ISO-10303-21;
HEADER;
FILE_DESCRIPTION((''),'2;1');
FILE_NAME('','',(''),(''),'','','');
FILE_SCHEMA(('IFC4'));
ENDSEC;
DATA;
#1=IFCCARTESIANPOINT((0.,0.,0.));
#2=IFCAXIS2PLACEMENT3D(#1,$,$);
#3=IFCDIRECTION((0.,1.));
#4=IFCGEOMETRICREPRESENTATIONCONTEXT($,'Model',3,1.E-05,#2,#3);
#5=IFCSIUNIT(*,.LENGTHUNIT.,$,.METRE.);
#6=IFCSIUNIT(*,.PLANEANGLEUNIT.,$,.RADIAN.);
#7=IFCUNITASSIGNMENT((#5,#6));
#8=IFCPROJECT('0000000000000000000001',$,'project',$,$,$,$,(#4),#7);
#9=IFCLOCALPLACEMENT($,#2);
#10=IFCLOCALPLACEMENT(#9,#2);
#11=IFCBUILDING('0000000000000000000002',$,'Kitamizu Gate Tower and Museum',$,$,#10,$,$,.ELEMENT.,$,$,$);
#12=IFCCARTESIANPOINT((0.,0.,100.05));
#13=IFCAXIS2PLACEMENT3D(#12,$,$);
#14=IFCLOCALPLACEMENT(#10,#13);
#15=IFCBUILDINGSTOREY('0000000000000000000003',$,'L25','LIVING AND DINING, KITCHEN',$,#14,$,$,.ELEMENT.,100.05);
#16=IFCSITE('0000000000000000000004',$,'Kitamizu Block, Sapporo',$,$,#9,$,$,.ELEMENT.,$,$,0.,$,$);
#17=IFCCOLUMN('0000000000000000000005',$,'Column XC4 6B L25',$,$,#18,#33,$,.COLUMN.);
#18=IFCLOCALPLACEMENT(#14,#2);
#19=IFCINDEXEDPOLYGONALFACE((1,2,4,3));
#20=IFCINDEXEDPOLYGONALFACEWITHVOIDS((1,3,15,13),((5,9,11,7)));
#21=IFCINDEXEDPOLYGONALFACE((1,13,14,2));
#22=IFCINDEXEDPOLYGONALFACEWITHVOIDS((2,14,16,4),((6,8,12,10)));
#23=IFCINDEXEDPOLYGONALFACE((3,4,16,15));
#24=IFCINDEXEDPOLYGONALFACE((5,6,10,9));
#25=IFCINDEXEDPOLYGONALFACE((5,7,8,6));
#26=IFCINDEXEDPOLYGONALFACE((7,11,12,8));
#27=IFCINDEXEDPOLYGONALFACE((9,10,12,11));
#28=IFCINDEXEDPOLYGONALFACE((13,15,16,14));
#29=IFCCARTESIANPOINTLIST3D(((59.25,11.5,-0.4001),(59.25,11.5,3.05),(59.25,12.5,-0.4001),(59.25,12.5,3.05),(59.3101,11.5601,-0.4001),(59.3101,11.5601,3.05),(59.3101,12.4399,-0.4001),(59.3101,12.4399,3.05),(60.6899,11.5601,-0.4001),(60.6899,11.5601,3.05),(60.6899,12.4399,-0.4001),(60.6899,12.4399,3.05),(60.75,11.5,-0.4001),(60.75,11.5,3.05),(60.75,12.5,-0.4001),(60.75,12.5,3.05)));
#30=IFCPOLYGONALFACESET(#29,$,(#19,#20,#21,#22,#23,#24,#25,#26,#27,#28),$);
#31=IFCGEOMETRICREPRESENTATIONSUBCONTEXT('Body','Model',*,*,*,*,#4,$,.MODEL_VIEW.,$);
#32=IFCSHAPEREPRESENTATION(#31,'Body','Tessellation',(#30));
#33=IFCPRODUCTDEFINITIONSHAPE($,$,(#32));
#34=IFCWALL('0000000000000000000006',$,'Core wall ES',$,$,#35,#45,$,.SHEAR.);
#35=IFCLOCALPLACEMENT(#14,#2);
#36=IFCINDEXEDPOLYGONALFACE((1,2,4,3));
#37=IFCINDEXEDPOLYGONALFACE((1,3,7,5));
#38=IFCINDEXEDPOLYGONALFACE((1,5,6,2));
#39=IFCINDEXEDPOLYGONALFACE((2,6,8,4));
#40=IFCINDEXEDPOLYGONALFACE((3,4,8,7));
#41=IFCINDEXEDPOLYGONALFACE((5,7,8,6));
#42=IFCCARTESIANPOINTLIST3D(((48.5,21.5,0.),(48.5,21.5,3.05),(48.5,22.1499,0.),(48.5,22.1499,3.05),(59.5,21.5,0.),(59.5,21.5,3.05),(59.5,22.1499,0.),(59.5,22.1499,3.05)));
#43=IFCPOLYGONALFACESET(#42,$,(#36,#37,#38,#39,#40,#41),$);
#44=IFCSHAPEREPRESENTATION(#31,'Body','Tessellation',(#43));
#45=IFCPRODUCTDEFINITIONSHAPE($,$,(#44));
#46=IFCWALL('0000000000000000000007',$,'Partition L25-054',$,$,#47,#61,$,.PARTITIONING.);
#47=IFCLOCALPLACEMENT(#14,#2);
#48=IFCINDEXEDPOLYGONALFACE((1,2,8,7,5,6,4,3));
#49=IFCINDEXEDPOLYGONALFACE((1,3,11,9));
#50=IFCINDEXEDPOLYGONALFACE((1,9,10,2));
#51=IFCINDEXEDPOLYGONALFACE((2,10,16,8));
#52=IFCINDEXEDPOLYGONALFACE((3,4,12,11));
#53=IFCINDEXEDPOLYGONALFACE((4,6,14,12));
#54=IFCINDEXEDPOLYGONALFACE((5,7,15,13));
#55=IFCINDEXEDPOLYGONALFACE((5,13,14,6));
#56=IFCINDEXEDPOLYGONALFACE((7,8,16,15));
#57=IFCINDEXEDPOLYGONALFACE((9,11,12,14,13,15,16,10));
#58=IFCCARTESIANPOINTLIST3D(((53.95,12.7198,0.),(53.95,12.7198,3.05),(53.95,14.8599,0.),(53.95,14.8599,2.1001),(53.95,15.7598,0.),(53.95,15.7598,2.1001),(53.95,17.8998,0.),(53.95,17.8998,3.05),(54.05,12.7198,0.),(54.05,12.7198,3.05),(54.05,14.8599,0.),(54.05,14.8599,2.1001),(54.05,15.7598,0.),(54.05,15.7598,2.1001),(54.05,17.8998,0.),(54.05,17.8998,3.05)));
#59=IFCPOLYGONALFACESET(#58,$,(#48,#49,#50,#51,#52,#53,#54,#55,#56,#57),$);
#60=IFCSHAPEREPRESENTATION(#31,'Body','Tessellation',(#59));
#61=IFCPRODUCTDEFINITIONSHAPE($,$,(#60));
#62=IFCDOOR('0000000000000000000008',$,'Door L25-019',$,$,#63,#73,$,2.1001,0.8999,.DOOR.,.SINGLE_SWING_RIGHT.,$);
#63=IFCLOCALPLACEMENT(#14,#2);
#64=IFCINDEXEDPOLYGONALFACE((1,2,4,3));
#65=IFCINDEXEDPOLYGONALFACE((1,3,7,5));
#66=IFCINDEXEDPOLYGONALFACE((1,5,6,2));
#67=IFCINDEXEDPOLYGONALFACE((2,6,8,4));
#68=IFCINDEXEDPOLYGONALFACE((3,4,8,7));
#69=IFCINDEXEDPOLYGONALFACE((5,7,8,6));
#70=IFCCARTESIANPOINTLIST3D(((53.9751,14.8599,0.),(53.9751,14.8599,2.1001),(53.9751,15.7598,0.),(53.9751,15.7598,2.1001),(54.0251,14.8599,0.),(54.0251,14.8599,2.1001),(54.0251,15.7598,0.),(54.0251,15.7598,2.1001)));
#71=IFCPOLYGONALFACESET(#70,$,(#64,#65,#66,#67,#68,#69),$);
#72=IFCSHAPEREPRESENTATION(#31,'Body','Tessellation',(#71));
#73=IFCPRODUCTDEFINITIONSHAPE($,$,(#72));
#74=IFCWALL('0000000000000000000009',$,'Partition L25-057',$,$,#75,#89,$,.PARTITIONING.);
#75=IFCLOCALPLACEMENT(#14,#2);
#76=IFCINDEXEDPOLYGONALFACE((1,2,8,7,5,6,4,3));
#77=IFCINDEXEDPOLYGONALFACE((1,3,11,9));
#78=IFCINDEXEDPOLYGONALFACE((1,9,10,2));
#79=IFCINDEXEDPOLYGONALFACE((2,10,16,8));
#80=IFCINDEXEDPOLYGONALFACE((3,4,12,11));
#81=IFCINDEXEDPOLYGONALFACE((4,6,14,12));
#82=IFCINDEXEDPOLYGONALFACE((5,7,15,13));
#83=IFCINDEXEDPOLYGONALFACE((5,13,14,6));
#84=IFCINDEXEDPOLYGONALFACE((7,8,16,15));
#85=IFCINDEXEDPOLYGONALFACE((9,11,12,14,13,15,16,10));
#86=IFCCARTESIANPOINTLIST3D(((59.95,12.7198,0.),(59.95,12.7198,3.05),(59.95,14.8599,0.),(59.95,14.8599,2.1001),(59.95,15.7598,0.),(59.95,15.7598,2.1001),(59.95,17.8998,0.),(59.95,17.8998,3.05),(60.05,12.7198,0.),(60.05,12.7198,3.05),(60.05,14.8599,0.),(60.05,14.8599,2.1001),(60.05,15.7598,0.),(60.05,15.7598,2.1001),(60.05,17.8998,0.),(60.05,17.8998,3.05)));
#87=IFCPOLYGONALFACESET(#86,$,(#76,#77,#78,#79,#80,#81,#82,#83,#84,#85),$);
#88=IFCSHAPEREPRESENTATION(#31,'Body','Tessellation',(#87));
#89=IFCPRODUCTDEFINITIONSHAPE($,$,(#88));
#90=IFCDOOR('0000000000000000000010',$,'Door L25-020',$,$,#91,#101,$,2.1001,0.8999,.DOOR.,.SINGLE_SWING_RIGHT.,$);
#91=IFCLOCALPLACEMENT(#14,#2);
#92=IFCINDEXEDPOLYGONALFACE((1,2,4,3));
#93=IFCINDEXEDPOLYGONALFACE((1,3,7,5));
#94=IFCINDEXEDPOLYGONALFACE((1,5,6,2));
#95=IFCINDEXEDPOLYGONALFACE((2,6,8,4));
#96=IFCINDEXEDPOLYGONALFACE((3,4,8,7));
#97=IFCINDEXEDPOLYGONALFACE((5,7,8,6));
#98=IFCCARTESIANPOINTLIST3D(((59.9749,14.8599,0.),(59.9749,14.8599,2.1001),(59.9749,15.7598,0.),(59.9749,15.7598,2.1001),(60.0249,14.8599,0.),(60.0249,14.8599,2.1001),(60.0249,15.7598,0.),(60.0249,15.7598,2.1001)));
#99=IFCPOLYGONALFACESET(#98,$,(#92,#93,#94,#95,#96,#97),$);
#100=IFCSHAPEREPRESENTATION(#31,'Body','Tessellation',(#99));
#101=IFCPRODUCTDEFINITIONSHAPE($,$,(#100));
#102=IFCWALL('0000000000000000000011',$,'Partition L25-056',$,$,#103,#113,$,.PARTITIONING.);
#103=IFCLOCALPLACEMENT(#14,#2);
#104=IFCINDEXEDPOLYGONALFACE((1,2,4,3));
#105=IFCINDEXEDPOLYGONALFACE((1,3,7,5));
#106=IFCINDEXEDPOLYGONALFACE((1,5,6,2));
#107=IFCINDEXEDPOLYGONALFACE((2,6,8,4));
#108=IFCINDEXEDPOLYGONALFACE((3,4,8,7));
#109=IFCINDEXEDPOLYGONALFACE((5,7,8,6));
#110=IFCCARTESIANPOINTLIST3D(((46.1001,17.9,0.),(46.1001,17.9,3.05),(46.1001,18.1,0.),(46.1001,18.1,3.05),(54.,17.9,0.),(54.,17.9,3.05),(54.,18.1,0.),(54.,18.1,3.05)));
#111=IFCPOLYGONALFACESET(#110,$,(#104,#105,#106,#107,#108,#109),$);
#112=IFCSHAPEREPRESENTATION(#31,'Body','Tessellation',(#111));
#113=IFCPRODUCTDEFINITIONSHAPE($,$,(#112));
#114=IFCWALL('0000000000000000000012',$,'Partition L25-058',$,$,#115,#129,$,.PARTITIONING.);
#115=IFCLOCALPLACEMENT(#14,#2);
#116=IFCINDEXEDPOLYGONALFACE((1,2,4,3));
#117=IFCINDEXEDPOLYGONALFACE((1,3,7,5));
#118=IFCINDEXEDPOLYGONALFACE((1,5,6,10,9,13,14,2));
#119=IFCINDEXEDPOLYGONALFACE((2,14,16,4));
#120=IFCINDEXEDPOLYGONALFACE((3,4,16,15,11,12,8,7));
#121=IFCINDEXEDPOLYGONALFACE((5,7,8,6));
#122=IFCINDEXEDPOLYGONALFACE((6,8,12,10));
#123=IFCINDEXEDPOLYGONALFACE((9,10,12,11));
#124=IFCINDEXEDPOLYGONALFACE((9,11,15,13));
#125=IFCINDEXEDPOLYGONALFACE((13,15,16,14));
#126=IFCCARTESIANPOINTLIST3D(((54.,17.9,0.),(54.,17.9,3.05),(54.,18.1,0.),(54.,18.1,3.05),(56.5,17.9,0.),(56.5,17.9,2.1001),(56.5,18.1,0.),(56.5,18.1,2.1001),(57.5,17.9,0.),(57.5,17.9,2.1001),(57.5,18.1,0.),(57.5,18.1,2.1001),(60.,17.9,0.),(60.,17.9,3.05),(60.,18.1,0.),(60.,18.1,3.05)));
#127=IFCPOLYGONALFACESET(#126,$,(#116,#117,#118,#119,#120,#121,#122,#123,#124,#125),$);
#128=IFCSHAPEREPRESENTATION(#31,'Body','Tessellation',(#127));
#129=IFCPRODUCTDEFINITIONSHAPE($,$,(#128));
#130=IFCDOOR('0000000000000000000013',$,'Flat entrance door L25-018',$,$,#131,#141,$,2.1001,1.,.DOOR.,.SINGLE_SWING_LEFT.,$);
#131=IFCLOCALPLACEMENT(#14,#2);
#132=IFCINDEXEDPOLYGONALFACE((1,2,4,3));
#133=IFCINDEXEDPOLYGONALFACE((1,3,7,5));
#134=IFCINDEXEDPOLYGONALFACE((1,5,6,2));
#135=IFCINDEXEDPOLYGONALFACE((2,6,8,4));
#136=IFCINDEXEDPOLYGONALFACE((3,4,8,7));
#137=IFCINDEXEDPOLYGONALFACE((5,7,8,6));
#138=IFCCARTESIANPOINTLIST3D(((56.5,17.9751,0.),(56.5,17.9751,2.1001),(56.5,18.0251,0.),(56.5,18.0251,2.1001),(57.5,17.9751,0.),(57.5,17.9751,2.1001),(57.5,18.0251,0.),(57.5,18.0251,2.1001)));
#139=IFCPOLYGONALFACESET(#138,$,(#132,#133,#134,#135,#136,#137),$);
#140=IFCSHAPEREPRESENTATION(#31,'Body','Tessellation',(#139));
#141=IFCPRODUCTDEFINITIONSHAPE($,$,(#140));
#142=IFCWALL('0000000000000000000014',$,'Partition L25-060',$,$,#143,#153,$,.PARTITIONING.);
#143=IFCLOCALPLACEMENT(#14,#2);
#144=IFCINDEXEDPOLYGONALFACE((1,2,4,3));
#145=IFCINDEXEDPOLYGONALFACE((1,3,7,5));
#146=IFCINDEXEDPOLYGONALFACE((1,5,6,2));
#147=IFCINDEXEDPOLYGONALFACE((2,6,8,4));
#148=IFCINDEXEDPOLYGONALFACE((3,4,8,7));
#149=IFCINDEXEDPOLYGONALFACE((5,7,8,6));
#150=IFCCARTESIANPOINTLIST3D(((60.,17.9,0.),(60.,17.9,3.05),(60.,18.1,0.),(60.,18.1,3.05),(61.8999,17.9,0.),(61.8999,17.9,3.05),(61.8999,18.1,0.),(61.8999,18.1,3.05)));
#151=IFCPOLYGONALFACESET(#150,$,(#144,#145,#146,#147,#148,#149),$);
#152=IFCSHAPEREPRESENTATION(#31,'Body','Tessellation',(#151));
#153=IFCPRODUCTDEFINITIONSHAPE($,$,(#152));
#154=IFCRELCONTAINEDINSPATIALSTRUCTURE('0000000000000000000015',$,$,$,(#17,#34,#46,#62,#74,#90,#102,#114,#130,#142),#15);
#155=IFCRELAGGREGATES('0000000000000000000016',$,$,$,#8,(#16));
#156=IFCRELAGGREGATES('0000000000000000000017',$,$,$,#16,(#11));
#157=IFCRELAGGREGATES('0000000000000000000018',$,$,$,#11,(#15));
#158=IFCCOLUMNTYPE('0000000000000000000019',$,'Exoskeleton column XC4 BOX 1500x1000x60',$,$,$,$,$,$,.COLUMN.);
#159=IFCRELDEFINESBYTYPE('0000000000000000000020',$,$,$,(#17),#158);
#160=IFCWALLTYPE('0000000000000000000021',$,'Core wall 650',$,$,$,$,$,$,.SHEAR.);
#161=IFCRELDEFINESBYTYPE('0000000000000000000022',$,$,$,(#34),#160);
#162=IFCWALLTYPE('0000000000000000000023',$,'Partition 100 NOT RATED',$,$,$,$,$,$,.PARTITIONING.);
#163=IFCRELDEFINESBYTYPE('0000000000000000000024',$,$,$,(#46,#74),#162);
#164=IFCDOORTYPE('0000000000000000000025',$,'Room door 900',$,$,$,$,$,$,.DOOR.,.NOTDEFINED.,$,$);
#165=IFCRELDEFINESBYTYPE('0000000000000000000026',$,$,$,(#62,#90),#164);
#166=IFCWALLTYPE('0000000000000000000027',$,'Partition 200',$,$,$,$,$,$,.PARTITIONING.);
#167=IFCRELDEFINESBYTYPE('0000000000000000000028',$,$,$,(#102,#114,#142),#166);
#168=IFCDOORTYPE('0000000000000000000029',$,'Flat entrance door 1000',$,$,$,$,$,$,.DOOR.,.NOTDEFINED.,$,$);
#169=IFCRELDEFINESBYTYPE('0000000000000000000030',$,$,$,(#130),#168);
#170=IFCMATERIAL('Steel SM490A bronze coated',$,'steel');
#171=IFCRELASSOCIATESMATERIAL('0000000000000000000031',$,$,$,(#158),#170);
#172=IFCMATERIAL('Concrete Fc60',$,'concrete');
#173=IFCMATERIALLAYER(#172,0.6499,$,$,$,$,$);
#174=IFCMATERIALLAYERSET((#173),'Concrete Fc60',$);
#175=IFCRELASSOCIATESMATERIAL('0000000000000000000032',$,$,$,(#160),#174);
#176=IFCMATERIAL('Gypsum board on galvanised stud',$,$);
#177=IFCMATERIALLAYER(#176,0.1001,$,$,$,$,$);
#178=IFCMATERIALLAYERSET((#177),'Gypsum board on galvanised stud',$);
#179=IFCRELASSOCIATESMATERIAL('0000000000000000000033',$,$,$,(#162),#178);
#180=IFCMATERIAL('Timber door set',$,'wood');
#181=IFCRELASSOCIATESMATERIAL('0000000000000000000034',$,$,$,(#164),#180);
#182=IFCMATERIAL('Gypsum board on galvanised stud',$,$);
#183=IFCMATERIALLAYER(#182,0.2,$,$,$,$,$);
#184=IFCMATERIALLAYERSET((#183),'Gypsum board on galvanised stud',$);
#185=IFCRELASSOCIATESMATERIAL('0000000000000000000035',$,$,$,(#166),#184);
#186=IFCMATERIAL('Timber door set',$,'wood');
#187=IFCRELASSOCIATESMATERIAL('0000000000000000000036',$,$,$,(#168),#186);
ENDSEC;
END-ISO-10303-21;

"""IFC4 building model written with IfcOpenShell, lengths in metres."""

from ifc_helpers import new_model, si_unit, direction, frame, frame_2d, origin, origin_2d, place, context, subcontext, project, spatial, rectangle, hollow_rectangle, extrude, material, layer, layer_set, material_profile, profile_set, type_object, element, fill, save


model = new_model("IFC4")

# Units and contexts
model_context = context("Model", 3, precision=1e-05, world=origin(), true_north=direction((0.0, 1.0)))
body_context = subcontext(model_context, "Body", "Model", "MODEL_VIEW")
ifc_project = project(units=[si_unit("LENGTHUNIT", "METRE"), si_unit("PLANEANGLEUNIT", "RADIAN")], contexts=[model_context])

# Site, building, storey
site_placement = place(None, origin())
site = spatial("IfcSite", under=ifc_project, at=site_placement, Name="Kitamizu Block, Sapporo", CompositionType="ELEMENT", RefElevation=0.0)
building_placement = place(site_placement, origin())
building = spatial("IfcBuilding", under=site, at=building_placement, Name="Kitamizu Gate Tower and Museum", CompositionType="ELEMENT")
storey_placement = place(building_placement, frame((0.0, 0.0, 100.05)))
storey = spatial("IfcBuildingStorey", under=building, at=storey_placement, Name="L25", Description="LIVING AND DINING, KITCHEN", CompositionType="ELEMENT", Elevation=100.05)

# Column
ifc_material_1 = material(Name="Steel SM490A bronze coated", Category="steel")
ifc_material_profile = material_profile(ifc_material_1, hollow_rectangle(XDim=1.5, YDim=1.0, WallThickness=0.0601, at=origin_2d()), Name="BOX 1500x1000x60")
ifc_profile_set = profile_set([ifc_material_profile], Name="Steel SM490A bronze coated")
column_type = type_object("IfcColumnType", Name="Exoskeleton column XC4 BOX 1500x1000x60", PredefinedType="COLUMN", material=ifc_profile_set)
column_placement = place(storey_placement, frame((60.0, 12.0, -0.4001), z_axis=(0.0, 0.0, 1.0), x_axis=(1.0, 0.0, 0.0)))
element("IfcColumn", 1, at=column_placement, inside=storey, type_object=column_type, Name="Column XC4 6B L25", PredefinedType="COLUMN", context=body_context, shape_type="SweptSolid", body=[
    extrude(hollow_rectangle(XDim=1.5, YDim=1.0, WallThickness=0.0601, at=origin_2d()), origin(), (0.0, 0.0, 1.0), 3.4502),
])

# Wall
ifc_material_2 = material(Name="Concrete Fc60", Category="concrete")
ifc_layer_1 = layer(ifc_material_2, 0.6499)
ifc_layer_set_1 = layer_set([ifc_layer_1], Name="Concrete Fc60")
wall_type_1 = type_object("IfcWallType", Name="Core wall 650", PredefinedType="SHEAR", material=ifc_layer_set_1)
wall_1_placement = place(storey_placement, frame((59.5, 21.825, 0.0), z_axis=(0.0, 0.0, 1.0), x_axis=(-1.0, 0.0, 0.0)))
element("IfcWall", 2, at=wall_1_placement, inside=storey, type_object=wall_type_1, Name="Core wall ES", PredefinedType="SHEAR", context=body_context, shape_type="SweptSolid", body=[
    extrude(rectangle(XDim=11.0, YDim=0.6499, at=frame_2d((5.5, 0.0))), origin(), (0.0, 0.0, 1.0), 3.05),
])

# Walls, openings, doors
ifc_material_3 = material(Name="Gypsum board on galvanised stud")
ifc_layer_2 = layer(ifc_material_3, 0.1001)
ifc_layer_set_2 = layer_set([ifc_layer_2], Name="Gypsum board on galvanised stud")
wall_type_2 = type_object("IfcWallType", Name="Partition 100 NOT RATED", PredefinedType="PARTITIONING", material=ifc_layer_set_2)
wall_2_placement = place(storey_placement, frame((54.0, 12.72, 0.0), z_axis=(0.0, 0.0, 1.0), x_axis=(0.0, 1.0, 0.0)))
wall_2 = element("IfcWall", 3, at=wall_2_placement, inside=storey, type_object=wall_type_2, Name="Partition L25-054", PredefinedType="PARTITIONING", context=body_context, shape_type="SweptSolid", body=[
    extrude(rectangle(XDim=5.1799, YDim=0.1001, at=frame_2d((2.5898, 0.0))), origin(), (0.0, 0.0, 1.0), 3.05),
])
opening_1_placement = place(wall_2_placement, frame((2.1399, 0.0, 0.0)))
opening_1 = element("IfcOpeningElement", 4, at=opening_1_placement, cuts=wall_2, PredefinedType="OPENING", context=body_context, shape_type="SweptSolid", body=[
    extrude(rectangle(XDim=0.8999, YDim=2.1001, at=frame_2d((0.45, 1.05))), frame((0.0, 0.0601, 0.0), z_axis=(0.0, -1.0, 0.0), x_axis=(1.0, 0.0, 0.0)), (0.0, 0.0, 1.0), 0.1201),
])
ifc_material_4 = material(Name="Timber door set", Category="wood")
door_type_1 = type_object("IfcDoorType", Name="Room door 900", OperationType="NOTDEFINED", PredefinedType="DOOR", material=ifc_material_4)
door_1_placement = place(opening_1_placement, origin())
door_1 = element("IfcDoor", 5, at=door_1_placement, inside=storey, type_object=door_type_1, Name="Door L25-019", OperationType="SINGLE_SWING_RIGHT", OverallHeight=2.1001, OverallWidth=0.8999, PredefinedType="DOOR", context=body_context, shape_type="SweptSolid", body=[
    extrude(rectangle(XDim=0.8999, YDim=2.1001, at=frame_2d((0.45, 1.05))), frame((0.0, 0.0249, 0.0), z_axis=(0.0, -1.0, 0.0), x_axis=(1.0, 0.0, 0.0)), (0.0, 0.0, 1.0), 0.05),
])
fill(opening_1, door_1)
wall_3_placement = place(storey_placement, frame((60.0, 12.72, 0.0), z_axis=(0.0, 0.0, 1.0), x_axis=(0.0, 1.0, 0.0)))
wall_3 = element("IfcWall", 6, at=wall_3_placement, inside=storey, type_object=wall_type_2, Name="Partition L25-057", PredefinedType="PARTITIONING", context=body_context, shape_type="SweptSolid", body=[
    extrude(rectangle(XDim=5.1799, YDim=0.1001, at=frame_2d((2.5898, 0.0))), origin(), (0.0, 0.0, 1.0), 3.05),
])
opening_2_placement = place(wall_3_placement, frame((2.1399, 0.0, 0.0)))
opening_2 = element("IfcOpeningElement", 7, at=opening_2_placement, cuts=wall_3, PredefinedType="OPENING", context=body_context, shape_type="SweptSolid", body=[
    extrude(rectangle(XDim=0.8999, YDim=2.1001, at=frame_2d((0.45, 1.05))), frame((0.0, 0.0601, 0.0), z_axis=(0.0, -1.0, 0.0), x_axis=(1.0, 0.0, 0.0)), (0.0, 0.0, 1.0), 0.1201),
])
door_2_placement = place(opening_2_placement, frame((0.8999, 0.0, 0.0), x_axis=(-1.0, 0.0, 0.0)))
door_2 = element("IfcDoor", 8, at=door_2_placement, inside=storey, type_object=door_type_1, Name="Door L25-020", OperationType="SINGLE_SWING_RIGHT", OverallHeight=2.1001, OverallWidth=0.8999, PredefinedType="DOOR", context=body_context, shape_type="SweptSolid", body=[
    extrude(rectangle(XDim=0.8999, YDim=2.1001, at=frame_2d((0.45, 1.05))), frame((0.0, 0.0249, 0.0), z_axis=(0.0, -1.0, 0.0), x_axis=(1.0, 0.0, 0.0)), (0.0, 0.0, 1.0), 0.05),
])
fill(opening_2, door_2)

# Wall
ifc_material_5 = material(Name="Gypsum board on galvanised stud")
ifc_layer_3 = layer(ifc_material_5, 0.2)
ifc_layer_set_3 = layer_set([ifc_layer_3], Name="Gypsum board on galvanised stud")
wall_type_3 = type_object("IfcWallType", Name="Partition 200", PredefinedType="PARTITIONING", material=ifc_layer_set_3)
wall_4_placement = place(storey_placement, frame((54.0, 18.0, 0.0), z_axis=(0.0, 0.0, 1.0), x_axis=(-1.0, 0.0, 0.0)))
element("IfcWall", 9, at=wall_4_placement, inside=storey, type_object=wall_type_3, Name="Partition L25-056", PredefinedType="PARTITIONING", context=body_context, shape_type="SweptSolid", body=[
    extrude(rectangle(XDim=7.8999, YDim=0.2, at=frame_2d((3.95, 0.0))), origin(), (0.0, 0.0, 1.0), 3.05),
])

# Wall, opening, door
wall_5_placement = place(storey_placement, frame((60.0, 18.0, 0.0), z_axis=(0.0, 0.0, 1.0), x_axis=(-1.0, 0.0, 0.0)))
wall_5 = element("IfcWall", 10, at=wall_5_placement, inside=storey, type_object=wall_type_3, Name="Partition L25-058", PredefinedType="PARTITIONING", context=body_context, shape_type="SweptSolid", body=[
    extrude(rectangle(XDim=6.0, YDim=0.2, at=frame_2d((3.0, 0.0))), origin(), (0.0, 0.0, 1.0), 3.05),
])
opening_3_placement = place(wall_5_placement, frame((2.5, 0.0, 0.0)))
opening_3 = element("IfcOpeningElement", 11, at=opening_3_placement, cuts=wall_5, PredefinedType="OPENING", context=body_context, shape_type="SweptSolid", body=[
    extrude(rectangle(XDim=1.0, YDim=2.1001, at=frame_2d((0.5, 1.05))), frame((0.0, 0.1099, 0.0), z_axis=(0.0, -1.0, 0.0), x_axis=(1.0, 0.0, 0.0)), (0.0, 0.0, 1.0), 0.22),
])
ifc_material_6 = material(Name="Timber door set", Category="wood")
door_type_2 = type_object("IfcDoorType", Name="Flat entrance door 1000", OperationType="NOTDEFINED", PredefinedType="DOOR", material=ifc_material_6)
door_3_placement = place(opening_3_placement, origin())
door_3 = element("IfcDoor", 12, at=door_3_placement, inside=storey, type_object=door_type_2, Name="Flat entrance door L25-018", OperationType="SINGLE_SWING_LEFT", OverallHeight=2.1001, OverallWidth=1.0, PredefinedType="DOOR", context=body_context, shape_type="SweptSolid", body=[
    extrude(rectangle(XDim=1.0, YDim=2.1001, at=frame_2d((0.5, 1.05))), frame((0.0, 0.0249, 0.0), z_axis=(0.0, -1.0, 0.0), x_axis=(1.0, 0.0, 0.0)), (0.0, 0.0, 1.0), 0.05),
])
fill(opening_3, door_3)

# Wall
wall_6_placement = place(storey_placement, frame((61.8999, 18.0, 0.0), z_axis=(0.0, 0.0, 1.0), x_axis=(-1.0, 0.0, 0.0)))
element("IfcWall", 13, at=wall_6_placement, inside=storey, type_object=wall_type_3, Name="Partition L25-060", PredefinedType="PARTITIONING", context=body_context, shape_type="SweptSolid", body=[
    extrude(rectangle(XDim=1.8999, YDim=0.2, at=frame_2d((0.95, 0.0))), origin(), (0.0, 0.0, 1.0), 3.05),
])

save(model, "model.ifc")
